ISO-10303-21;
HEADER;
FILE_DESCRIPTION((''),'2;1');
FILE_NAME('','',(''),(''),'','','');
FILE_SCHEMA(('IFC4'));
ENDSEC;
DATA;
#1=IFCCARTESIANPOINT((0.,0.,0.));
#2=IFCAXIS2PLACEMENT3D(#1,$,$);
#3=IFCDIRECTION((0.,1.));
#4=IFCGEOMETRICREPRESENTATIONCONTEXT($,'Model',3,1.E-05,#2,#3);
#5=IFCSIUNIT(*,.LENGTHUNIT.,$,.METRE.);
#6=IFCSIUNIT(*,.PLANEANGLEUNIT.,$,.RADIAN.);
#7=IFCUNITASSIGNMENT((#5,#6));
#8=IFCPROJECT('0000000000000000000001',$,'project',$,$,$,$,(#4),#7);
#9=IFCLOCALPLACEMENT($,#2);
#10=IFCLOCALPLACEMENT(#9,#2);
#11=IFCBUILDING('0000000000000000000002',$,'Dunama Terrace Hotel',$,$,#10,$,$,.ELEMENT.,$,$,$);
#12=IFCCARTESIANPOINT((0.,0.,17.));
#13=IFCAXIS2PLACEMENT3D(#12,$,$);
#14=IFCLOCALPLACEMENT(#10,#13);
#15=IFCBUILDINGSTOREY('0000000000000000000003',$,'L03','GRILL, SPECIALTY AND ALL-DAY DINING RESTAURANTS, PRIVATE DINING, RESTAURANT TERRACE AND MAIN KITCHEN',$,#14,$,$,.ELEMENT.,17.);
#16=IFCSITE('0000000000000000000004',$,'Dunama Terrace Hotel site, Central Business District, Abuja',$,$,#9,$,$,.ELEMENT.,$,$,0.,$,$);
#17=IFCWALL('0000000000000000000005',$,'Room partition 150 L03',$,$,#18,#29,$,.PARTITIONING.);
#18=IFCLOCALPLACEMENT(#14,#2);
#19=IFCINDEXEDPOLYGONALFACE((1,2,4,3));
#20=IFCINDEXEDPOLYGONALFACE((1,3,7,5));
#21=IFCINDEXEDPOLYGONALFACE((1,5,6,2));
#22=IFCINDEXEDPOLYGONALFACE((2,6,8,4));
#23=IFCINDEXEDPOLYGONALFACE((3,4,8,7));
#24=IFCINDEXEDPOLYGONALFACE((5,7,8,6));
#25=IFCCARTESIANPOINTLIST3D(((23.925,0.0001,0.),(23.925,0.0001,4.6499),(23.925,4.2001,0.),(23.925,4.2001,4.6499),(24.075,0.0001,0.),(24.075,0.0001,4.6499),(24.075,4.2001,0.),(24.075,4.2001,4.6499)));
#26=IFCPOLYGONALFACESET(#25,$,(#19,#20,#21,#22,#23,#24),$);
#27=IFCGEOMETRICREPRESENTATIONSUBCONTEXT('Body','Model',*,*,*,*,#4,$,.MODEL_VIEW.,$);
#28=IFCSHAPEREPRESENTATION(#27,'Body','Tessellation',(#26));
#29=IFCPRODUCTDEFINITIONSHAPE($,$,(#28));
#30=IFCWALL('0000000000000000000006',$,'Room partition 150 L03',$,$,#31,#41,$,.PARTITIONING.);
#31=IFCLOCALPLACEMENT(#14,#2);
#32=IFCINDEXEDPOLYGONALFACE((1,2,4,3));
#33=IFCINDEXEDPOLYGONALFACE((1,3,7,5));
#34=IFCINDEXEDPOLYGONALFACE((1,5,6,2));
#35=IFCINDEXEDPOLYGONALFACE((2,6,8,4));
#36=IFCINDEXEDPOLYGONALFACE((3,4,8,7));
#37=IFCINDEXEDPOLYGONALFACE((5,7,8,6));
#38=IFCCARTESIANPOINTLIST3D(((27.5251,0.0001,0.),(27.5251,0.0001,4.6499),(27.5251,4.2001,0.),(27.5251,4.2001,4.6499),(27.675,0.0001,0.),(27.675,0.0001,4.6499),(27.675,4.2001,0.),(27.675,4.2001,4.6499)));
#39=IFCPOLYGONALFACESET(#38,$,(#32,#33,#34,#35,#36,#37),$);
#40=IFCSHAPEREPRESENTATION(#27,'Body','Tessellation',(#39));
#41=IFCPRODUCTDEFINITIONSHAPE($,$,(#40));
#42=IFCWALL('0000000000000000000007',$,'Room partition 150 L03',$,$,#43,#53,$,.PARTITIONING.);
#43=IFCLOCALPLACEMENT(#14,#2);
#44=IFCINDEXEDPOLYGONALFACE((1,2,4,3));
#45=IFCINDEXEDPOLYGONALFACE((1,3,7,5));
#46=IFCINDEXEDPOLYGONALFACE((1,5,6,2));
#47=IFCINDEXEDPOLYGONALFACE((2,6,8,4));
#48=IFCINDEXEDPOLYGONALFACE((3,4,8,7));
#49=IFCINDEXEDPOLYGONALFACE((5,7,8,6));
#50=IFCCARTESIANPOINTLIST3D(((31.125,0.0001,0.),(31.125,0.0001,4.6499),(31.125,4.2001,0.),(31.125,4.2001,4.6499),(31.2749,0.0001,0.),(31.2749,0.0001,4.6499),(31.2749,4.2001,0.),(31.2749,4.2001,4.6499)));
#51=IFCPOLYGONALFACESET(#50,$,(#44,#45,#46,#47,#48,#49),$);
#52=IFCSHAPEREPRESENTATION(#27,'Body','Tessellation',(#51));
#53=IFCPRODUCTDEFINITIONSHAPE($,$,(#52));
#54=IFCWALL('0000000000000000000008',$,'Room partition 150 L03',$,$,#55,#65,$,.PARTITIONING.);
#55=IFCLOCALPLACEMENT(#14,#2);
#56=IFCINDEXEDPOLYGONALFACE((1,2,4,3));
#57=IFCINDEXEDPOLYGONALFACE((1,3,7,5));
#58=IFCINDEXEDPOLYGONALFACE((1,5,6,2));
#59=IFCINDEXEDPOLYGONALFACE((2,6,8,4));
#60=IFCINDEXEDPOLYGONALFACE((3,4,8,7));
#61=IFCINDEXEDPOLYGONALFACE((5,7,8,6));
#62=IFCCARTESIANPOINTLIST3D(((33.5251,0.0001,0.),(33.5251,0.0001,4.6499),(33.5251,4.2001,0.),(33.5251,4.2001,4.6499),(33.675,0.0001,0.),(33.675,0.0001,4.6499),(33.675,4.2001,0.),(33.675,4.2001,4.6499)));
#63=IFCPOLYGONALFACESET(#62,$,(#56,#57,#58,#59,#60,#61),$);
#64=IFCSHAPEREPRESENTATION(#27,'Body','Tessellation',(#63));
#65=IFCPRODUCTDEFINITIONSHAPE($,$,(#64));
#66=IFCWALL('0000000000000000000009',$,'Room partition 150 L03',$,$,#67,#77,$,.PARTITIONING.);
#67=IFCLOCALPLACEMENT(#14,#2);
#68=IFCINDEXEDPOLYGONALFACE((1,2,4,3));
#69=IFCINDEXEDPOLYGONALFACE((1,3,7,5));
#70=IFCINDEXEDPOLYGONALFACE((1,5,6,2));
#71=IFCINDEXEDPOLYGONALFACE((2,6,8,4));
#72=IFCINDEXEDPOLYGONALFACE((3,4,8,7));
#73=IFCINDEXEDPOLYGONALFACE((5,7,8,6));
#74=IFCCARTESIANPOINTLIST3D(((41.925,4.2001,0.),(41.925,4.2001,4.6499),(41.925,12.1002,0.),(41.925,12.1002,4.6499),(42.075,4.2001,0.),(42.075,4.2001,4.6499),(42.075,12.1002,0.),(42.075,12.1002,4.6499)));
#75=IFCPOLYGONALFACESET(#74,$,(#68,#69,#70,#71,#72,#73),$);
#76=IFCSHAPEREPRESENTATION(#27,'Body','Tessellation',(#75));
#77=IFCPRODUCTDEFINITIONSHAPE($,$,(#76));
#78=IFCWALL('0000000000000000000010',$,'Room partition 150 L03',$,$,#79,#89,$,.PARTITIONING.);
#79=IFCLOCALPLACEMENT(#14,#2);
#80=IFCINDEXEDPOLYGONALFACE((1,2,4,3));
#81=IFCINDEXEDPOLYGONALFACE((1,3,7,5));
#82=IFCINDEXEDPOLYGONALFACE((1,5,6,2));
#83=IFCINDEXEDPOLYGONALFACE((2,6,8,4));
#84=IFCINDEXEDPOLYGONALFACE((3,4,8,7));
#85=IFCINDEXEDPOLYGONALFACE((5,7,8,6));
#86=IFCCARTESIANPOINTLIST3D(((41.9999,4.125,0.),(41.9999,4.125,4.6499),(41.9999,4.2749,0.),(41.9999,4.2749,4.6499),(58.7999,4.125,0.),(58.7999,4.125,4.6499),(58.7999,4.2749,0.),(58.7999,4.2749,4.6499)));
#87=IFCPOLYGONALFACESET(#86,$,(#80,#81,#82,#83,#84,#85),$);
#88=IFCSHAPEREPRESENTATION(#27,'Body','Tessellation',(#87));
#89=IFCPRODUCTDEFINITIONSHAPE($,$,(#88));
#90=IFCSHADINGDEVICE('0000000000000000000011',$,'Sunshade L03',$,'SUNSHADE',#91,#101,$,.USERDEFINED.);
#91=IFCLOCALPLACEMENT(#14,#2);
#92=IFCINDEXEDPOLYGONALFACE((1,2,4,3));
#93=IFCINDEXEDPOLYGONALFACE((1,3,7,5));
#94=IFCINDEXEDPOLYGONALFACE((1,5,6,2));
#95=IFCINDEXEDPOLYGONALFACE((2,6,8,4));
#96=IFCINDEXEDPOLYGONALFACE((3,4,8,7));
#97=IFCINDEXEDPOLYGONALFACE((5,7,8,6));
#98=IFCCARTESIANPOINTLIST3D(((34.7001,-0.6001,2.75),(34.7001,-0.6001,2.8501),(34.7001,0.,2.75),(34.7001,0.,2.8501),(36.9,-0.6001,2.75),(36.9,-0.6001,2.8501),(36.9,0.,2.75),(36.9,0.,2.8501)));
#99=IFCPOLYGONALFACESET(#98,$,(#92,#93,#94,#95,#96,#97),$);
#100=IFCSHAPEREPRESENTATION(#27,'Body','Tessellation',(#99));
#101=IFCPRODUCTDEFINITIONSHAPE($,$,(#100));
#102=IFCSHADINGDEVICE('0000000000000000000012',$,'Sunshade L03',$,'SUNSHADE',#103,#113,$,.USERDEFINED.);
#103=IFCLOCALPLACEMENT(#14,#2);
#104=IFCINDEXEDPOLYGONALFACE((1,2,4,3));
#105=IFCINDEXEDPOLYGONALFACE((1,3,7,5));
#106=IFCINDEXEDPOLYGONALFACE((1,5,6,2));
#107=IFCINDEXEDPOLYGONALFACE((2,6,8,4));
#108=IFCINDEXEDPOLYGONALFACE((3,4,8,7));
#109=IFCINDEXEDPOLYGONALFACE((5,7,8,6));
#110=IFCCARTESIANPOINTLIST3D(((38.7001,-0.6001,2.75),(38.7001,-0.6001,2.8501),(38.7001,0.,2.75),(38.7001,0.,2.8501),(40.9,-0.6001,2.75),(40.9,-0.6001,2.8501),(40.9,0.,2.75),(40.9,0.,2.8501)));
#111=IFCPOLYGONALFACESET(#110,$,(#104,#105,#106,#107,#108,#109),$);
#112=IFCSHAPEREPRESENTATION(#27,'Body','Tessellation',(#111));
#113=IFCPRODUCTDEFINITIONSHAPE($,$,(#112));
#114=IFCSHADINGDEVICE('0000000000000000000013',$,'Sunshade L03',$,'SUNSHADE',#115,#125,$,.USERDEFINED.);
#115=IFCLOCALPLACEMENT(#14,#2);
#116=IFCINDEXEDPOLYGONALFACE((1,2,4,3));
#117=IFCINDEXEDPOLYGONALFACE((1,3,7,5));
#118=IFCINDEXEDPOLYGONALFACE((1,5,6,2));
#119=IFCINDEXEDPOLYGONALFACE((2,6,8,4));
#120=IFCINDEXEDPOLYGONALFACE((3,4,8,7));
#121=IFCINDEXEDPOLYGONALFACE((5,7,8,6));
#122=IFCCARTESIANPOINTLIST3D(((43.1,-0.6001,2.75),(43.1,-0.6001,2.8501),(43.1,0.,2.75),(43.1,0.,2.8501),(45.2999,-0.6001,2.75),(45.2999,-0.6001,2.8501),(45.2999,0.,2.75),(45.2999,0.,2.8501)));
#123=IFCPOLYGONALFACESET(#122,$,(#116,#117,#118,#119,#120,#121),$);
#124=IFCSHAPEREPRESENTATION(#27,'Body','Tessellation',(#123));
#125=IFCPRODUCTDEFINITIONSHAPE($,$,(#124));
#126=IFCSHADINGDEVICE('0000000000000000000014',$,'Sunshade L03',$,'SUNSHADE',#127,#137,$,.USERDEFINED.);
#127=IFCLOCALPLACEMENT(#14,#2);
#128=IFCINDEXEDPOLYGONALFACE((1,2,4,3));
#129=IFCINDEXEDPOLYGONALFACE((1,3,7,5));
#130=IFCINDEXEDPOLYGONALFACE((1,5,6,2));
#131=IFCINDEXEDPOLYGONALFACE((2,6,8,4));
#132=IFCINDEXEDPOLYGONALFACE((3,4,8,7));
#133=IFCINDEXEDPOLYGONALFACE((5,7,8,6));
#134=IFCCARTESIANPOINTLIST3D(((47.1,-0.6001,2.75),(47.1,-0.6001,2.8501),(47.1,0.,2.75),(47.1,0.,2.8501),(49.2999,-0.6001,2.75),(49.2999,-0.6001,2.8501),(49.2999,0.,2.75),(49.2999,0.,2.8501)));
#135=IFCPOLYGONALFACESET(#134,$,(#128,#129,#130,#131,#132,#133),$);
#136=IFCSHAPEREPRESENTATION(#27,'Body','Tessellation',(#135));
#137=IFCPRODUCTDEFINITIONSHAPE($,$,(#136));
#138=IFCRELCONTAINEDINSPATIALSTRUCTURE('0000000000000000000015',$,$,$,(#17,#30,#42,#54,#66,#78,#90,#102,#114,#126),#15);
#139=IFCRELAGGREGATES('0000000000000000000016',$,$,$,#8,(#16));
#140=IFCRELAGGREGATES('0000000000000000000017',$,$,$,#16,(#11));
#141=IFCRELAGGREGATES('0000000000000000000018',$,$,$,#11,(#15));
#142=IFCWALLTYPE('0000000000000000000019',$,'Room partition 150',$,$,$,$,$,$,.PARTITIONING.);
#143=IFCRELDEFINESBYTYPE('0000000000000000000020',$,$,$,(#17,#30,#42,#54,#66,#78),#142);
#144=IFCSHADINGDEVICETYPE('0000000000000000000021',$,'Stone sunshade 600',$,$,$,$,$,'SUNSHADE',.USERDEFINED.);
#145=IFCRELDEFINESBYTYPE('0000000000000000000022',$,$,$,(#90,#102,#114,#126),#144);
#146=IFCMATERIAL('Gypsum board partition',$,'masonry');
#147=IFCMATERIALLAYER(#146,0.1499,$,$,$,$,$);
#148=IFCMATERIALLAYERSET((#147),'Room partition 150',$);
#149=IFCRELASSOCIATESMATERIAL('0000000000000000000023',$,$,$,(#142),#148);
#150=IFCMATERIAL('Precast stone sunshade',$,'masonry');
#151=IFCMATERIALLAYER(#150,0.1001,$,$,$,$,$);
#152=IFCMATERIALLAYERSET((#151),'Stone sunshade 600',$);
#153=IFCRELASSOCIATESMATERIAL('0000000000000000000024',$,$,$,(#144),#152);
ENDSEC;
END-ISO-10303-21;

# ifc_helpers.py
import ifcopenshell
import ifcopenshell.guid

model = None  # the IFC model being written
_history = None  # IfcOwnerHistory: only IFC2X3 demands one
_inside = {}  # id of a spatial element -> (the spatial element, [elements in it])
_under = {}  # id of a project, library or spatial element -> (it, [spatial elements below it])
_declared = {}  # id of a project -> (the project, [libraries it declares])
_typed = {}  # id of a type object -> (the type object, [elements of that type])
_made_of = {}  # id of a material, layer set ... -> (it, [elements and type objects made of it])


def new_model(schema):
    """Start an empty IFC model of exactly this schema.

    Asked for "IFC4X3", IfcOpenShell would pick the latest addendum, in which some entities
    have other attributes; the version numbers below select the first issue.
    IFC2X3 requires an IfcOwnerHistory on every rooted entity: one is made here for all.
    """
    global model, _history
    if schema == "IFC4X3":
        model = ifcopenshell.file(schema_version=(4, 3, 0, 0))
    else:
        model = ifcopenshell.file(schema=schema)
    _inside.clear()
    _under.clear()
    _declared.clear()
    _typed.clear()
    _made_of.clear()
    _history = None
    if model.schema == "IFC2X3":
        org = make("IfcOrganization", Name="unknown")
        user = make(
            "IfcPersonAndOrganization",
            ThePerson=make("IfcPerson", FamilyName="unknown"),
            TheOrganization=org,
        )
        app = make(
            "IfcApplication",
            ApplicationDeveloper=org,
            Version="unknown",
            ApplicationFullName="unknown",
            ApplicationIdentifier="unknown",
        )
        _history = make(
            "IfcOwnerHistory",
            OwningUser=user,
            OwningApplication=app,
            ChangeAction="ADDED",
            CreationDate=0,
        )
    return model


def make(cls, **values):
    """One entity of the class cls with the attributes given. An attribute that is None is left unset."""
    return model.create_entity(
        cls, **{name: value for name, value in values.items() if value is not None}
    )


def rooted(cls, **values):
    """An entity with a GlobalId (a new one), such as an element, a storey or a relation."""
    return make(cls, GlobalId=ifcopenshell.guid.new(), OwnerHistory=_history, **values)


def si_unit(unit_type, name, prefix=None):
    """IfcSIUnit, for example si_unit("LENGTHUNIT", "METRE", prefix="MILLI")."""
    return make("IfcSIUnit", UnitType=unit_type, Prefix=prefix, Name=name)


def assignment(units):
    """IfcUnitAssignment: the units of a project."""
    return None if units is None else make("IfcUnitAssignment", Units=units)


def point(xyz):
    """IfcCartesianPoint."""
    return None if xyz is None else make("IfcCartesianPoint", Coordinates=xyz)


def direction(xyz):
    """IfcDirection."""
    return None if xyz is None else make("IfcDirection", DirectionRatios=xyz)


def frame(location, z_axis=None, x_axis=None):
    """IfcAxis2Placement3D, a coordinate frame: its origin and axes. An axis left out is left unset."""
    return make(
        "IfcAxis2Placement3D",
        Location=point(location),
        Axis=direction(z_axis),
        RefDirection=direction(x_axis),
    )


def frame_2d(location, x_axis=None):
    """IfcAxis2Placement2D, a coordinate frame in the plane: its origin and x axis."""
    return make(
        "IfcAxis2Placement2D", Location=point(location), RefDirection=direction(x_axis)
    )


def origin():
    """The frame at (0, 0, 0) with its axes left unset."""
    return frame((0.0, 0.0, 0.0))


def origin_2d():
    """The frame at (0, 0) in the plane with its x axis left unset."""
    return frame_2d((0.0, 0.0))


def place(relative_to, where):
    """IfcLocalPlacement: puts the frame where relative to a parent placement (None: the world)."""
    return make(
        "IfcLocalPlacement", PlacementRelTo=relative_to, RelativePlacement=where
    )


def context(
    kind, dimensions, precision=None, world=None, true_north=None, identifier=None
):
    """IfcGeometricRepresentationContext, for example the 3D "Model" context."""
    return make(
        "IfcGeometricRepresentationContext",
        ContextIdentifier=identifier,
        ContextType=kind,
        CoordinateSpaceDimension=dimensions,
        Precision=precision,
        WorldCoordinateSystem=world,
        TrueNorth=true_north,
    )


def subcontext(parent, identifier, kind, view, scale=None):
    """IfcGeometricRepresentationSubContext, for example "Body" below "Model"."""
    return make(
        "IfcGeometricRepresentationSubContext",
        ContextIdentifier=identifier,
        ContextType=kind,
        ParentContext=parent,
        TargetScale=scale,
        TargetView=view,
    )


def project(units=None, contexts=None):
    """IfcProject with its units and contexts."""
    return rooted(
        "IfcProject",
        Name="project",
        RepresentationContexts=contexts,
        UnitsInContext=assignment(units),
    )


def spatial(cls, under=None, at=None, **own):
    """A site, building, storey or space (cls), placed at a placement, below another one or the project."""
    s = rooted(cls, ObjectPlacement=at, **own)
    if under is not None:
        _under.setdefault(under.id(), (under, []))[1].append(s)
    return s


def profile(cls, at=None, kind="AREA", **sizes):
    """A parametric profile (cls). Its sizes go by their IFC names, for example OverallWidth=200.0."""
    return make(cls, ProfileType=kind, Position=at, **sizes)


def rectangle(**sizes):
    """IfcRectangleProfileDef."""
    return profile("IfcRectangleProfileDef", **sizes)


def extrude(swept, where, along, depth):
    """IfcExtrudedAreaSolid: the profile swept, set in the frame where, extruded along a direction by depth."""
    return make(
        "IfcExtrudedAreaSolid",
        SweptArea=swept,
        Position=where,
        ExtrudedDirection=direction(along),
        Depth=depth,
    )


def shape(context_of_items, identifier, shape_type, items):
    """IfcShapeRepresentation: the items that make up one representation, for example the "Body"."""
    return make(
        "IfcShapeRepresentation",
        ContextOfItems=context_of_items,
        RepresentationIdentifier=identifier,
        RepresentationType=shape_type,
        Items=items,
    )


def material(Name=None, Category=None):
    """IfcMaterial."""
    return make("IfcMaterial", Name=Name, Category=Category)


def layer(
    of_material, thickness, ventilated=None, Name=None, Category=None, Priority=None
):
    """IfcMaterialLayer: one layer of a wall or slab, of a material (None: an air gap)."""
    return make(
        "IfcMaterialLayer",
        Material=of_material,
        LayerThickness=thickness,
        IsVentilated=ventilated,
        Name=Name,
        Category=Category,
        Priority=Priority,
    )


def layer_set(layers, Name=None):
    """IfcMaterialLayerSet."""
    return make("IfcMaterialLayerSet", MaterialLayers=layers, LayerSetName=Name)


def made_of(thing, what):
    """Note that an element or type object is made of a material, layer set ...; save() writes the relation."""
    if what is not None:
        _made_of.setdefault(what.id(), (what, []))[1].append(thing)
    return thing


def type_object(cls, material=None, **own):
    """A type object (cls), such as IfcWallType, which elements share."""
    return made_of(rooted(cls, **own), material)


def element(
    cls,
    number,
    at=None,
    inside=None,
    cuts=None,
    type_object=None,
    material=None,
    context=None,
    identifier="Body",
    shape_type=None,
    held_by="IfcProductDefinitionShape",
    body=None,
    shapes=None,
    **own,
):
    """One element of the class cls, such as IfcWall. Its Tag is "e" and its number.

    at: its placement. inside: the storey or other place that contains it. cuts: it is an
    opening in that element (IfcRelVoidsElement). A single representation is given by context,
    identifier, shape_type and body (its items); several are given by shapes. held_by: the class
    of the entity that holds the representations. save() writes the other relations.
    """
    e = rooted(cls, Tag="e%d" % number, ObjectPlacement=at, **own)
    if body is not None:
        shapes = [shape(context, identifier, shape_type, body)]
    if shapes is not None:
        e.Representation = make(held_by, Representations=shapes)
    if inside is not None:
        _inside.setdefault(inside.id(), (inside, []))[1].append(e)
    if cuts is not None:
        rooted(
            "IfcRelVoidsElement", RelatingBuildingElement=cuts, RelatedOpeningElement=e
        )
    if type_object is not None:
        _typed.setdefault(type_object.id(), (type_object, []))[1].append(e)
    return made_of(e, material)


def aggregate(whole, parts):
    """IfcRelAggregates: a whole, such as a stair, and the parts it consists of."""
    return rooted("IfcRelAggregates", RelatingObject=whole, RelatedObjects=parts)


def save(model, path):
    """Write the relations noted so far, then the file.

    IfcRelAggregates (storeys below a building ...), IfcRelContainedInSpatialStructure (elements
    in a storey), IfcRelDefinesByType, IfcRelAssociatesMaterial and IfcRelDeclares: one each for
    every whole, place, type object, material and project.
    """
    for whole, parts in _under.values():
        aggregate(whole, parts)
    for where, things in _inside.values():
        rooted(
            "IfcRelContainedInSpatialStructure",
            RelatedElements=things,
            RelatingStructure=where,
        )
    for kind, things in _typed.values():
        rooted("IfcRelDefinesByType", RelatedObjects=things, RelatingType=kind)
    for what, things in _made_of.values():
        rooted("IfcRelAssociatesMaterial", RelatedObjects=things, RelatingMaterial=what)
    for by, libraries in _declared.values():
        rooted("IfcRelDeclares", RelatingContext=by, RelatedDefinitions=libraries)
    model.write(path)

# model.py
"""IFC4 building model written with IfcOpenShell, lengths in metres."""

from ifc_helpers import new_model, si_unit, direction, frame, frame_2d, origin, origin_2d, place, context, subcontext, project, spatial, rectangle, extrude, material, layer, layer_set, type_object, element, save


model = new_model("IFC4")

# Units and contexts
model_context = context("Model", 3, precision=1e-05, world=origin(), true_north=direction((0.0, 1.0)))
body_context = subcontext(model_context, "Body", "Model", "MODEL_VIEW")
ifc_project = project(units=[si_unit("LENGTHUNIT", "METRE"), si_unit("PLANEANGLEUNIT", "RADIAN")], contexts=[model_context])

# Site, building, storey
site_placement = place(None, origin())
site = spatial("IfcSite", under=ifc_project, at=site_placement, Name="Dunama Terrace Hotel site, Central Business District, Abuja", CompositionType="ELEMENT", RefElevation=0.0)
building_placement = place(site_placement, origin())
building = spatial("IfcBuilding", under=site, at=building_placement, Name="Dunama Terrace Hotel", CompositionType="ELEMENT")
storey_placement = place(building_placement, frame((0.0, 0.0, 17.0)))
storey = spatial("IfcBuildingStorey", under=building, at=storey_placement, Name="L03", Description="GRILL, SPECIALTY AND ALL-DAY DINING RESTAURANTS, PRIVATE DINING, RESTAURANT TERRACE AND MAIN KITCHEN", CompositionType="ELEMENT", Elevation=17.0)

# Walls
ifc_material_1 = material(Name="Gypsum board partition", Category="masonry")
ifc_layer_1 = layer(ifc_material_1, 0.1499)
ifc_layer_set_1 = layer_set([ifc_layer_1], Name="Room partition 150")
wall_type_1 = type_object("IfcWallType", Name="Room partition 150", PredefinedType="PARTITIONING", material=ifc_layer_set_1)
for number, where, z_axis, x_axis, name in (
    (1, (24.0, 0.0, 0.0), (0.0, 0.0, 1.0), (0.0, 1.0, 0.0), "Room partition 150 L03"),
    (2, (27.6001, 0.0, 0.0), (0.0, 0.0, 1.0), (0.0, 1.0, 0.0), "Room partition 150 L03"),
    (3, (31.2, 0.0, 0.0), (0.0, 0.0, 1.0), (0.0, 1.0, 0.0), "Room partition 150 L03"),
    (4, (33.6001, 0.0, 0.0), (0.0, 0.0, 1.0), (0.0, 1.0, 0.0), "Room partition 150 L03"),
):
    element("IfcWall", number, at=place(storey_placement, frame(where, z_axis=z_axis, x_axis=x_axis)), inside=storey, type_object=wall_type_1, Name=name, PredefinedType="PARTITIONING", context=body_context, shape_type="SweptSolid", body=[
        extrude(rectangle(XDim=4.2, YDim=0.1499, at=frame_2d((2.1001, 0.0))), origin(), (0.0, 0.0, 1.0), 4.6499),
    ])
wall_1_placement = place(storey_placement, frame((42.0, 4.2, 0.0), z_axis=(0.0, 0.0, 1.0), x_axis=(0.0, 1.0, 0.0)))
element("IfcWall", 5, at=wall_1_placement, inside=storey, type_object=wall_type_1, Name="Room partition 150 L03", PredefinedType="PARTITIONING", context=body_context, shape_type="SweptSolid", body=[
    extrude(rectangle(XDim=7.9001, YDim=0.1499, at=frame_2d((3.9502, 0.0))), origin(), (0.0, 0.0, 1.0), 4.6499),
])
wall_2_placement = place(storey_placement, frame((42.0, 4.2, 0.0), z_axis=(0.0, 0.0, 1.0), x_axis=(1.0, 0.0, 0.0)))
element("IfcWall", 6, at=wall_2_placement, inside=storey, type_object=wall_type_1, Name="Room partition 150 L03", PredefinedType="PARTITIONING", context=body_context, shape_type="SweptSolid", body=[
    extrude(rectangle(XDim=16.8, YDim=0.1499, at=frame_2d((8.3999, 0.0))), origin(), (0.0, 0.0, 1.0), 4.6499),
])

# Shading devices
ifc_material_2 = material(Name="Precast stone sunshade", Category="masonry")
ifc_layer_2 = layer(ifc_material_2, 0.1001)
ifc_layer_set_2 = layer_set([ifc_layer_2], Name="Stone sunshade 600")
shading_device_type = type_object("IfcShadingDeviceType", Name="Stone sunshade 600", ElementType="SUNSHADE", PredefinedType="USERDEFINED", material=ifc_layer_set_2)
for number, where, z_axis, x_axis, name in (
    (7, (35.8, -0.3, 2.75), (0.0, 0.0, 1.0), (1.0, 0.0, 0.0), "Sunshade L03"),
    (8, (39.8, -0.3, 2.75), (0.0, 0.0, 1.0), (1.0, 0.0, 0.0), "Sunshade L03"),
    (9, (44.2, -0.3, 2.75), (0.0, 0.0, 1.0), (1.0, 0.0, 0.0), "Sunshade L03"),
    (10, (48.2, -0.3, 2.75), (0.0, 0.0, 1.0), (1.0, 0.0, 0.0), "Sunshade L03"),
):
    element("IfcShadingDevice", number, at=place(storey_placement, frame(where, z_axis=z_axis, x_axis=x_axis)), inside=storey, type_object=shading_device_type, Name=name, ObjectType="SUNSHADE", PredefinedType="USERDEFINED", context=body_context, shape_type="SweptSolid", body=[
        extrude(rectangle(XDim=2.2, YDim=0.6001, at=origin_2d()), origin(), (0.0, 0.0, 1.0), 0.1001),
    ])

save(model, "model.ifc")
